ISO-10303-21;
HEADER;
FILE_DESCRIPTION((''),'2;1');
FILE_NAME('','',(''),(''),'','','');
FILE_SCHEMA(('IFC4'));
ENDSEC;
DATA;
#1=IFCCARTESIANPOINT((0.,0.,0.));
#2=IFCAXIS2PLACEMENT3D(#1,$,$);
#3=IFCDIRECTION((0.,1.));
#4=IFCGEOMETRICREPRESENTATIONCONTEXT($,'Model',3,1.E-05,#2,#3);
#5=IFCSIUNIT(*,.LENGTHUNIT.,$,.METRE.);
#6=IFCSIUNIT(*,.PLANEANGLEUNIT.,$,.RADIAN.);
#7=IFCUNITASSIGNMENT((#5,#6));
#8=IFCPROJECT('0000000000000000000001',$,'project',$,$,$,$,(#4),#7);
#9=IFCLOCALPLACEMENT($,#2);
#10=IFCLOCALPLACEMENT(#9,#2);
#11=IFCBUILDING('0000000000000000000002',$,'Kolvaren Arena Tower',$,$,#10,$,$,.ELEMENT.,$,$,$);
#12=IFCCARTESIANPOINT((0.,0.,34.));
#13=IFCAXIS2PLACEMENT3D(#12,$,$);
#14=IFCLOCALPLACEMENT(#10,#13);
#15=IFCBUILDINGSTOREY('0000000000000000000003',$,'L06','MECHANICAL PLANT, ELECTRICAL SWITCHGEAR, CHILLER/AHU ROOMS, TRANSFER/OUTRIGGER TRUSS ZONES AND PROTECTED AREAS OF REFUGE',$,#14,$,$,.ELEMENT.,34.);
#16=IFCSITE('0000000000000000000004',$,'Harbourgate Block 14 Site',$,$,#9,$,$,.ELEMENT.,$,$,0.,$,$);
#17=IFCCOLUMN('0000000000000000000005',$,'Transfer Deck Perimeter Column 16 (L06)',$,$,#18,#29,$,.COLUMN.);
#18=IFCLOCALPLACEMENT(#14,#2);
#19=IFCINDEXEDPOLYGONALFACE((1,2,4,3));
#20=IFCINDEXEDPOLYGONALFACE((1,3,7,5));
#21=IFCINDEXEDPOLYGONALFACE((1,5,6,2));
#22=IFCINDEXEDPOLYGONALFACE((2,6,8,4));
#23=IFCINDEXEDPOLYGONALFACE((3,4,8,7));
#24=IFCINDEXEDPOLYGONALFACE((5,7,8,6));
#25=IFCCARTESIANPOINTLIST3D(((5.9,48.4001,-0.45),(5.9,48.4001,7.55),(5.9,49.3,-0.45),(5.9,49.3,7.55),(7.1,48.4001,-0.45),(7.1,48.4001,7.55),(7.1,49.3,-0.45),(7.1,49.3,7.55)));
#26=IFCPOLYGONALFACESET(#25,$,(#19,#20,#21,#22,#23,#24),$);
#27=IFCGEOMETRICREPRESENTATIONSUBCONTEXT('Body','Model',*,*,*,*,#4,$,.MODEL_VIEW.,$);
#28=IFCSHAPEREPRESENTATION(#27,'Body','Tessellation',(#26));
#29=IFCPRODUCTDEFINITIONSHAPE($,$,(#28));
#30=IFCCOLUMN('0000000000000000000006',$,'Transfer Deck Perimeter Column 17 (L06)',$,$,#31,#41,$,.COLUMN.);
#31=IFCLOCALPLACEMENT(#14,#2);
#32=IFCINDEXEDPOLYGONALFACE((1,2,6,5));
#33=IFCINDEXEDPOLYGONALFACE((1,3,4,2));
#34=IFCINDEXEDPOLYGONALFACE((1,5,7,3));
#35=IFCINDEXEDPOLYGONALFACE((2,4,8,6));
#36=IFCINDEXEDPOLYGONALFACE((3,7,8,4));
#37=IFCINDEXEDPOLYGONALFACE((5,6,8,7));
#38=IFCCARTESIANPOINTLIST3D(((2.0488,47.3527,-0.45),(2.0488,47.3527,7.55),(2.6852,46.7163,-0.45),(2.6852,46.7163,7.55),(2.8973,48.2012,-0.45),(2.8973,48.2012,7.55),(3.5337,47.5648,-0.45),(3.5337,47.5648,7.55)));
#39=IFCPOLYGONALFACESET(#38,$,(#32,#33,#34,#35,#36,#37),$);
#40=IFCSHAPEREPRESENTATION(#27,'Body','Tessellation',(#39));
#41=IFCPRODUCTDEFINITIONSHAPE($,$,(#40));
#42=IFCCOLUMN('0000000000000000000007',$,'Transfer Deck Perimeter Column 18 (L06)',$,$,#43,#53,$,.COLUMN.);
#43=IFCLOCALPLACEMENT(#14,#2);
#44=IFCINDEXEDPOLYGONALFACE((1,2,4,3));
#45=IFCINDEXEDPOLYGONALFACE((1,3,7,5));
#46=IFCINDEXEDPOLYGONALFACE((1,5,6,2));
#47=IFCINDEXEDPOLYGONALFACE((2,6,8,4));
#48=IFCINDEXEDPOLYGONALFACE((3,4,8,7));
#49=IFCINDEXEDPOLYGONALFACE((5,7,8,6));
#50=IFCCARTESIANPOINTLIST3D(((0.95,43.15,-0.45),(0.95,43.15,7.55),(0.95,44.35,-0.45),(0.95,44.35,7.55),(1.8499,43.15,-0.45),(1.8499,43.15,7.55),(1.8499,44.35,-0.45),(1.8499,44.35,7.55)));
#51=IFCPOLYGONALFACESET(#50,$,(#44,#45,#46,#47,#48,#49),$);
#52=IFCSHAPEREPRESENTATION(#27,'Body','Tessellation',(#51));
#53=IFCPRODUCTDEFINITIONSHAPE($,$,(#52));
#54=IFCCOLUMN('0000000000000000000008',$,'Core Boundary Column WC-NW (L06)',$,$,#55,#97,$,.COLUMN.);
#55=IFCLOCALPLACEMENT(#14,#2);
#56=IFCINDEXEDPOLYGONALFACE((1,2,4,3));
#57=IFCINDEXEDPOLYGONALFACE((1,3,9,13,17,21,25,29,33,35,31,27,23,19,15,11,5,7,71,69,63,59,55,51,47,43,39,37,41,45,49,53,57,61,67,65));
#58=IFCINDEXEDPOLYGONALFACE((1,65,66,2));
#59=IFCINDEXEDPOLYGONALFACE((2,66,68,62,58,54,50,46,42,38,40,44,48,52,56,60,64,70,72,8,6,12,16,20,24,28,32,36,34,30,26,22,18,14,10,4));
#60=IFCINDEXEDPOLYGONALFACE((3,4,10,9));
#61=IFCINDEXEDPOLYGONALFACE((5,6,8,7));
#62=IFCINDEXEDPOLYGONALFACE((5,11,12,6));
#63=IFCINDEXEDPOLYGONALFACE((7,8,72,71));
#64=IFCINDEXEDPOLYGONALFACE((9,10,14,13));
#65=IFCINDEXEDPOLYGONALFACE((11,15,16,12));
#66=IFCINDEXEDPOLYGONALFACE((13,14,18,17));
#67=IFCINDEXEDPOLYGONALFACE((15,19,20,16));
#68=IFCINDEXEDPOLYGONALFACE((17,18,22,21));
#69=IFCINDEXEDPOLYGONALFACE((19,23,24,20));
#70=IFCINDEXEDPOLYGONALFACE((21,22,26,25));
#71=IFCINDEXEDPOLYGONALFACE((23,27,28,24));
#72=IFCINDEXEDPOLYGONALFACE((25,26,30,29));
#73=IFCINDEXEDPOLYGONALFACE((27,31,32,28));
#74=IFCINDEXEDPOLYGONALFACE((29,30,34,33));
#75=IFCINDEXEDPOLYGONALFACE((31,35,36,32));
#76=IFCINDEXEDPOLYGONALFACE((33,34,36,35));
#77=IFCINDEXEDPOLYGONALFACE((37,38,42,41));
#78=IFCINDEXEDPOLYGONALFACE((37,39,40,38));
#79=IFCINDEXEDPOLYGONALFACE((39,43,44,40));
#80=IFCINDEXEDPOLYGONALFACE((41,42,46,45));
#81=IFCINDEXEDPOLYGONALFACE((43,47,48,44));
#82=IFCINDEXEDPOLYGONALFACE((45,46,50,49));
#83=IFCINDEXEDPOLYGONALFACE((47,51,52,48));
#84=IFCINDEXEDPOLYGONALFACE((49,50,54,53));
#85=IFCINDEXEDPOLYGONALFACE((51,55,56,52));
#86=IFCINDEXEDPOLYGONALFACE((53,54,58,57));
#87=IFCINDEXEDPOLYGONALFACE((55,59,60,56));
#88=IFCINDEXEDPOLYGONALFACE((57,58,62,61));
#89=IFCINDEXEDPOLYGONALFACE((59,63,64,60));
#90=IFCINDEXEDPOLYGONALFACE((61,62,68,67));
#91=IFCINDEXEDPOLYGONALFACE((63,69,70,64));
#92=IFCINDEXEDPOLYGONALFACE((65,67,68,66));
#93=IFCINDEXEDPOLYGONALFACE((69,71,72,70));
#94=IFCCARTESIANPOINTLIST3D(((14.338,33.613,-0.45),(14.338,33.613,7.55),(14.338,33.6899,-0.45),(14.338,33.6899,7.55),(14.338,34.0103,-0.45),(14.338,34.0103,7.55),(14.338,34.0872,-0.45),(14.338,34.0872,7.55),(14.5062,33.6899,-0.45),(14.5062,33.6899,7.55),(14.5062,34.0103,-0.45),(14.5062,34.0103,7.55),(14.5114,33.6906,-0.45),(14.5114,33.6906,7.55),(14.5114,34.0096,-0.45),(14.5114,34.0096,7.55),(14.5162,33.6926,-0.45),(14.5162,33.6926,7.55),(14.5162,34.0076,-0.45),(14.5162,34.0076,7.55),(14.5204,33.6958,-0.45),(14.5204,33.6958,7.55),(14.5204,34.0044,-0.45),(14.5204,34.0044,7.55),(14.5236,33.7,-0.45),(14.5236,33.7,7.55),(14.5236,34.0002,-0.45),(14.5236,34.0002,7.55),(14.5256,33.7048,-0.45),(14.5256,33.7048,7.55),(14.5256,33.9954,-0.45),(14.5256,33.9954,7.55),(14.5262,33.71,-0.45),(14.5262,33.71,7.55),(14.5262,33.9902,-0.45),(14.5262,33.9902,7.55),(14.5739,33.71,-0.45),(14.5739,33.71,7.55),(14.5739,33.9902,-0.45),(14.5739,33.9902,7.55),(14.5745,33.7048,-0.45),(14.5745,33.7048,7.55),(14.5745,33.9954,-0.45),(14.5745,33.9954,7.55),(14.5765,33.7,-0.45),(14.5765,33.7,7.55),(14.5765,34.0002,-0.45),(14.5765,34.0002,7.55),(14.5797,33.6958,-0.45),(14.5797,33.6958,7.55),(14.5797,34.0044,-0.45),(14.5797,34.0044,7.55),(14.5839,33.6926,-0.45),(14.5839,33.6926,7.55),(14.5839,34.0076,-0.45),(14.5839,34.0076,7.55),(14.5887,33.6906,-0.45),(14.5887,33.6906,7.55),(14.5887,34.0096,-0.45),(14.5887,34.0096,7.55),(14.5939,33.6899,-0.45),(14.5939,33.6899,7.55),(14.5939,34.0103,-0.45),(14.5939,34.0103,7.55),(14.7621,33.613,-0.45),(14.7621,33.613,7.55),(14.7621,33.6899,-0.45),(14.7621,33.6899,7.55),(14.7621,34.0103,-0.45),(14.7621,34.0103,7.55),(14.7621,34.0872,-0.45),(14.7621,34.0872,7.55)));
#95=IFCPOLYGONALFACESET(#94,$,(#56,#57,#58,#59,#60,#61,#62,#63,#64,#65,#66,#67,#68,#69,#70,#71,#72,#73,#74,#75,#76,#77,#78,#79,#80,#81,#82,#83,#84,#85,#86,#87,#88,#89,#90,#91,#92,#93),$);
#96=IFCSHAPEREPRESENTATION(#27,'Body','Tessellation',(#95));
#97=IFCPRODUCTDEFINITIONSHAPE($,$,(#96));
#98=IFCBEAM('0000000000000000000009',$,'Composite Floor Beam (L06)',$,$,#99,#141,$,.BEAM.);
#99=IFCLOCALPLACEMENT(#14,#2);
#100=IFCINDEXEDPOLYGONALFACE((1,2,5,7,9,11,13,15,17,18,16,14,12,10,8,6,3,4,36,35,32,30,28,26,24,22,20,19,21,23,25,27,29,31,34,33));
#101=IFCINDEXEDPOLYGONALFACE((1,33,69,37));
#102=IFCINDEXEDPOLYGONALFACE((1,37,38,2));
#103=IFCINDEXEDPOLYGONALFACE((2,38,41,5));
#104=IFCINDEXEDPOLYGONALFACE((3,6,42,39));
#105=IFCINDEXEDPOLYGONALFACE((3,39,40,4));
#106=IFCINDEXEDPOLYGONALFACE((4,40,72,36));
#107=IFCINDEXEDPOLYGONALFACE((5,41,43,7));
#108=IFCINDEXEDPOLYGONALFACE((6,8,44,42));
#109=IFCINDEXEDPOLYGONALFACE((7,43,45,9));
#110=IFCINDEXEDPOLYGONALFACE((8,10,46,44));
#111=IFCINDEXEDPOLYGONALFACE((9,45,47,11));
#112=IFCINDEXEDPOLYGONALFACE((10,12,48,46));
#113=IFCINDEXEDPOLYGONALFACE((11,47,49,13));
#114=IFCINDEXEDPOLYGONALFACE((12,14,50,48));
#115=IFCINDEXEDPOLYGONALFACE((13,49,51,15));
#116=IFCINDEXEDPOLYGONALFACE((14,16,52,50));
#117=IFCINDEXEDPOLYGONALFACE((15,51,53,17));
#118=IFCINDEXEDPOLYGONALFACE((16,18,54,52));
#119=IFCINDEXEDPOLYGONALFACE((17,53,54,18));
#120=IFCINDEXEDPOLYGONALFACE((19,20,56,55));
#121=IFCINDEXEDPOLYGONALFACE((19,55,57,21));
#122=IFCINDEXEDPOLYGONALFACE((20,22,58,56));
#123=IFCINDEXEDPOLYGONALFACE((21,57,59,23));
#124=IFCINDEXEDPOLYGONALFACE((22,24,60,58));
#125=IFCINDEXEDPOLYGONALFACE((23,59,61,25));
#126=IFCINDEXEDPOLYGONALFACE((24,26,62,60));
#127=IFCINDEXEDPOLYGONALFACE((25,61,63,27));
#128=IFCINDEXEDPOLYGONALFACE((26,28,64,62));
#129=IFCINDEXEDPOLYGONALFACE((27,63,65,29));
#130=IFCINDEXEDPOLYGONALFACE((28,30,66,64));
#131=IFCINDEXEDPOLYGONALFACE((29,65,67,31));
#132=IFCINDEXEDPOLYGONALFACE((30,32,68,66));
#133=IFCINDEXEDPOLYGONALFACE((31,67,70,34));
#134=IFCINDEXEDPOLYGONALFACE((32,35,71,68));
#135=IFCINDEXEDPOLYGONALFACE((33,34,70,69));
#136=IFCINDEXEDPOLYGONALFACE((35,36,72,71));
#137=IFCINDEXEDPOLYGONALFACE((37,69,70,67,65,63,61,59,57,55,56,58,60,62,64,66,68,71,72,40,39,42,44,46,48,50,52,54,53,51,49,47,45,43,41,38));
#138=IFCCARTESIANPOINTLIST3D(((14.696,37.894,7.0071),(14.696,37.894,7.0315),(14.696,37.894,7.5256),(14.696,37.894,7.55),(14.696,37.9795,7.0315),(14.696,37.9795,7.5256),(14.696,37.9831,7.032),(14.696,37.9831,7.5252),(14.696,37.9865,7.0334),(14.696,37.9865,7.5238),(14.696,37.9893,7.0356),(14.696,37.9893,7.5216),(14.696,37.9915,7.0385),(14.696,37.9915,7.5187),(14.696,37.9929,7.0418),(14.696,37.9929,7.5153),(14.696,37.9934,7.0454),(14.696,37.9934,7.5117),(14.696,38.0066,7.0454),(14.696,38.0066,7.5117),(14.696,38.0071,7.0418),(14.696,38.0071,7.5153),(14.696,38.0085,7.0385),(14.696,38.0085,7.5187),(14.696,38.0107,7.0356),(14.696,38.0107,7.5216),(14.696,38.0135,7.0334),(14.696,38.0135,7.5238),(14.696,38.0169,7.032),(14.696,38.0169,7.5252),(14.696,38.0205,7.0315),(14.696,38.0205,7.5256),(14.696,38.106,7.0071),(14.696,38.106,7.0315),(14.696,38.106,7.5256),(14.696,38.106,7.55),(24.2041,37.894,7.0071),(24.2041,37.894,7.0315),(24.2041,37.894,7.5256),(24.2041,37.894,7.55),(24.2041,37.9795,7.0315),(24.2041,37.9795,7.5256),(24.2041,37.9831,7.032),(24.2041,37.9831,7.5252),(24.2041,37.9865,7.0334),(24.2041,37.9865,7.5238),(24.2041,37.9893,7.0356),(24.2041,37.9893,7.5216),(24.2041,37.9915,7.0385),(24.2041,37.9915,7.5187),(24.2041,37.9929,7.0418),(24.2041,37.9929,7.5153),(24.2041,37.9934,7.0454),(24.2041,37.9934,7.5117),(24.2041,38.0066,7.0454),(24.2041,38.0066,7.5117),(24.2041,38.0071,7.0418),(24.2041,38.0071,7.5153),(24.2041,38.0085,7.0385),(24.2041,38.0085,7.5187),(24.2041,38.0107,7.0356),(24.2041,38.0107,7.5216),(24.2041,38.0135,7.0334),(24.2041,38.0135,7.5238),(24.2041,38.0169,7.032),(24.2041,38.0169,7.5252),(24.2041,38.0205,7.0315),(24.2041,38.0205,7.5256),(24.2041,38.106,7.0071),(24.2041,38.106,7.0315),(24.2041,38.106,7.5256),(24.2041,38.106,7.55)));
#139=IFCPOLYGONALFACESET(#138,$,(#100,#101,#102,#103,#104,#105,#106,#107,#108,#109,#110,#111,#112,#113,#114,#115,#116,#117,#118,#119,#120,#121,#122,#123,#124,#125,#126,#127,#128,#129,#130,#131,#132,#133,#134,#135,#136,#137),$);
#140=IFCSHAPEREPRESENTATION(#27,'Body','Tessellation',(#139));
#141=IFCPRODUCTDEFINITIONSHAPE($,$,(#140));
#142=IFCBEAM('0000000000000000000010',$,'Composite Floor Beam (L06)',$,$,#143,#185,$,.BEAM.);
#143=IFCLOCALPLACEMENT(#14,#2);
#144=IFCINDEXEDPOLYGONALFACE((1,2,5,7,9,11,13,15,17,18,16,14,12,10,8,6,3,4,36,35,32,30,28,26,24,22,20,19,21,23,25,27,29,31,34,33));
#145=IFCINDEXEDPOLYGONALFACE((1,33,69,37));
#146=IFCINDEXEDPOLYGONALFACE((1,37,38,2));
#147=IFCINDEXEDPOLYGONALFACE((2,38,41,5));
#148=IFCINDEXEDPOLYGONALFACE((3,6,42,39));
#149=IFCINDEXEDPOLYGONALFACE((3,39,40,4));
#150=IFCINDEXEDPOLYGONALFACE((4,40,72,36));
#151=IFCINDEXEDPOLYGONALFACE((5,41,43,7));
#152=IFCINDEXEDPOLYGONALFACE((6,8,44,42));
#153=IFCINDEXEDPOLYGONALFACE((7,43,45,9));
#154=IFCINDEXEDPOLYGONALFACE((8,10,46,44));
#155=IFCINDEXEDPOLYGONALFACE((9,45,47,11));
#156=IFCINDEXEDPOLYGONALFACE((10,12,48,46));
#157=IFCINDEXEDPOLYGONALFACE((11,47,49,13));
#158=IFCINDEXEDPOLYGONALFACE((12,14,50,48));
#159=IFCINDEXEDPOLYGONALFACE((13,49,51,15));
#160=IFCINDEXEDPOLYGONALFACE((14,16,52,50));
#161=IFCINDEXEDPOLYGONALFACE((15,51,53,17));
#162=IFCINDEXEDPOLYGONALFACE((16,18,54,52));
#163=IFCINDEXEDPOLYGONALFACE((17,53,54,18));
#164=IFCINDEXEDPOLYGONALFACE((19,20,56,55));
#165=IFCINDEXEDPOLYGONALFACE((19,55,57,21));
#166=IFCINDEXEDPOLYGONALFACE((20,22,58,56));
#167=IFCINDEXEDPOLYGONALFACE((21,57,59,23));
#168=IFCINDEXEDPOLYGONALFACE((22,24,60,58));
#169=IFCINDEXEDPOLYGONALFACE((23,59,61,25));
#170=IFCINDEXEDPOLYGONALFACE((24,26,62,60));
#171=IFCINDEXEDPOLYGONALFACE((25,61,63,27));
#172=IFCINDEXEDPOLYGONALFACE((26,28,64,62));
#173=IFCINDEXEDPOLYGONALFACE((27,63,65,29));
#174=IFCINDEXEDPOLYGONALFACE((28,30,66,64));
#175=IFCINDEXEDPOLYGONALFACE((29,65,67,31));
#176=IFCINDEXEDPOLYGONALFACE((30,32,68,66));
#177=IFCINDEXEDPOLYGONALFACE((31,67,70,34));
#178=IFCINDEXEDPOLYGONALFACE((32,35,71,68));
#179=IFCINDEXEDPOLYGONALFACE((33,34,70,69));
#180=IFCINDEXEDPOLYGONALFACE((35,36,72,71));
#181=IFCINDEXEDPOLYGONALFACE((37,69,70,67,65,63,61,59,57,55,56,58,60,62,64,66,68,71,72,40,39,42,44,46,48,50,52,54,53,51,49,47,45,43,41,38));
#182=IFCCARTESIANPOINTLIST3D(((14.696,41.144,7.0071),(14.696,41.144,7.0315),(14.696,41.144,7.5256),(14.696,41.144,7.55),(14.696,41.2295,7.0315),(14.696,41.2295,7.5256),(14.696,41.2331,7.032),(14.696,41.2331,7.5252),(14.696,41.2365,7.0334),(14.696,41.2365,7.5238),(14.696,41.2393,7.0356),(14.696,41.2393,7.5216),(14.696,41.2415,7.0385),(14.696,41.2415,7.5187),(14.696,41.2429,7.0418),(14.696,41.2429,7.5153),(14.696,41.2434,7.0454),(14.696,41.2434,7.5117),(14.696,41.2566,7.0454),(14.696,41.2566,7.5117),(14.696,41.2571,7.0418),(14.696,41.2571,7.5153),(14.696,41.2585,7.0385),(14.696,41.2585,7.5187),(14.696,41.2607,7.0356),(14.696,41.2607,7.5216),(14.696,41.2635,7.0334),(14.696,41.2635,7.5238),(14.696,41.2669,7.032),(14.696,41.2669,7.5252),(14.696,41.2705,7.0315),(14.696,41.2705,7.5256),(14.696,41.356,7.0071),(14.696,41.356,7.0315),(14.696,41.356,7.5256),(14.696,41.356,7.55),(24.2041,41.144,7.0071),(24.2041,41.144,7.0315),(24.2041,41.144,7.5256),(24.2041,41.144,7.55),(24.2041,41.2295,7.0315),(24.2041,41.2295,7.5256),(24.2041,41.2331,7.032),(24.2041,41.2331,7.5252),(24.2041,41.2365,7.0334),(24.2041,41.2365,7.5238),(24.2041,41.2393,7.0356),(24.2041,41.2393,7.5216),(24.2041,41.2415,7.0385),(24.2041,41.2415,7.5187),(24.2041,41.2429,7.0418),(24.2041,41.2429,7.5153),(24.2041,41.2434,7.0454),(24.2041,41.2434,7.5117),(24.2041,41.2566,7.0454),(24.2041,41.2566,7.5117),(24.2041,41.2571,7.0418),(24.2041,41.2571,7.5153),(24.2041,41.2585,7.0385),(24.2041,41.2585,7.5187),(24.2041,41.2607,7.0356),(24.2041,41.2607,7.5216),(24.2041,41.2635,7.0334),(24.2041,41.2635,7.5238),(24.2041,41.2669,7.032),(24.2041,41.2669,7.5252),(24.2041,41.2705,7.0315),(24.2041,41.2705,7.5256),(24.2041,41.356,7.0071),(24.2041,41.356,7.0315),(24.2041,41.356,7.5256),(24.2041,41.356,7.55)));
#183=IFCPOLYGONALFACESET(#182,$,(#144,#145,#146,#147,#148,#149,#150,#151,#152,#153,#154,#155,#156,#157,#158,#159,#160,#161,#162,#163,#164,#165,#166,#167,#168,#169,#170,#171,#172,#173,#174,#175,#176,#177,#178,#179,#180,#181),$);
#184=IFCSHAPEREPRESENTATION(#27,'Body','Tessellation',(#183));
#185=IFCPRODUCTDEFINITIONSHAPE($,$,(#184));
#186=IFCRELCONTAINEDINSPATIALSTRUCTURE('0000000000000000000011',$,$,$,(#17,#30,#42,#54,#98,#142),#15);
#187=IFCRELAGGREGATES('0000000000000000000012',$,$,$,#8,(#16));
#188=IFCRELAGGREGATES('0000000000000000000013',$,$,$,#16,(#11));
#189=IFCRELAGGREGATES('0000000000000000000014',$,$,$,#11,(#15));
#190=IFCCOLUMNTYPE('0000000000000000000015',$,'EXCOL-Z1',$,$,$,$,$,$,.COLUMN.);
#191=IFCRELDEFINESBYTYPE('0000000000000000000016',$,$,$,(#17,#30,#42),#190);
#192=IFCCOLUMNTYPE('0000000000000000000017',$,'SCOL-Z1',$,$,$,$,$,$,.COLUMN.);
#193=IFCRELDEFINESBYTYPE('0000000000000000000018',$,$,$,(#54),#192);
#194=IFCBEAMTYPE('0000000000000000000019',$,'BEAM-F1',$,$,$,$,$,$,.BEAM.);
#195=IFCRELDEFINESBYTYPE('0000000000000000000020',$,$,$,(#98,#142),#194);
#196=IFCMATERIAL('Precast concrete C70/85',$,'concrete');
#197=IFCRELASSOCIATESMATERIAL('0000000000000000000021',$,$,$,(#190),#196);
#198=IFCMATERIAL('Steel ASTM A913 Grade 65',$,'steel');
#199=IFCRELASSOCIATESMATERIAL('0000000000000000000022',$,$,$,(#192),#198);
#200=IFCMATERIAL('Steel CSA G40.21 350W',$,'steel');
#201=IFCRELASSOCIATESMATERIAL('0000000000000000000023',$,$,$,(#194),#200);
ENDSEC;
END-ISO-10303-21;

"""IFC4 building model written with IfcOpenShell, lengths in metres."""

from ifc_helpers import new_model, si_unit, direction, frame, origin, origin_2d, place, context, subcontext, project, spatial, rectangle, i_section, extrude, material, material_profile, profile_set, type_object, element, save


model = new_model("IFC4")

# Units and contexts
model_context = context("Model", 3, precision=1e-05, world=origin(), true_north=direction((0.0, 1.0)))
body_context = subcontext(model_context, "Body", "Model", "MODEL_VIEW")
ifc_project = project(units=[si_unit("LENGTHUNIT", "METRE"), si_unit("PLANEANGLEUNIT", "RADIAN")], contexts=[model_context])

# Site, building, storey
site_placement = place(None, origin())
site = spatial("IfcSite", under=ifc_project, at=site_placement, Name="Harbourgate Block 14 Site", CompositionType="ELEMENT", RefElevation=0.0)
building_placement = place(site_placement, origin())
building = spatial("IfcBuilding", under=site, at=building_placement, Name="Kolvaren Arena Tower", CompositionType="ELEMENT")
storey_placement = place(building_placement, frame((0.0, 0.0, 34.0)))
storey = spatial("IfcBuildingStorey", under=building, at=storey_placement, Name="L06", Description="MECHANICAL PLANT, ELECTRICAL SWITCHGEAR, CHILLER/AHU ROOMS, TRANSFER/OUTRIGGER TRUSS ZONES AND PROTECTED AREAS OF REFUGE", CompositionType="ELEMENT", Elevation=34.0)

# Columns
ifc_material_1 = material(Name="Precast concrete C70/85", Category="concrete")
ifc_material_profile_1 = material_profile(ifc_material_1, rectangle(XDim=1.2, YDim=0.8999, at=origin_2d()), Name="RC-1200x900")
ifc_profile_set_1 = profile_set([ifc_material_profile_1], Name="Precast concrete C70/85")
column_type_1 = type_object("IfcColumnType", Name="EXCOL-Z1", PredefinedType="COLUMN", material=ifc_profile_set_1)
for number, where, z_axis, x_axis, name in (
    (1, (6.5, 48.8501, -0.45), (0.0, 0.0, 1.0), (1.0, 0.0, 0.0), "Transfer Deck Perimeter Column 16 (L06)"),
    (2, (2.7913, 47.4587, -0.45), (0.0, 0.0, 1.0), (0.707107, 0.707107, 0.0), "Transfer Deck Perimeter Column 17 (L06)"),
    (3, (1.3999, 43.75, -0.45), (0.0, 0.0, 1.0), (0.0, 1.0, 0.0), "Transfer Deck Perimeter Column 18 (L06)"),
):
    element("IfcColumn", number, at=place(storey_placement, frame(where, z_axis=z_axis, x_axis=x_axis)), inside=storey, type_object=column_type_1, Name=name, PredefinedType="COLUMN", context=body_context, shape_type="SweptSolid", body=[
        extrude(rectangle(XDim=1.2, YDim=0.8999, at=origin_2d()), origin(), (0.0, 0.0, 1.0), 8.0),
    ])
ifc_material_2 = material(Name="Steel ASTM A913 Grade 65", Category="steel")
ifc_material_profile_2 = material_profile(ifc_material_2, i_section(OverallWidth=0.4241, OverallDepth=0.4741, WebThickness=0.0476, FlangeThickness=0.0769, FilletRadius=0.02, at=origin_2d()), Name="W360x634")
ifc_profile_set_2 = profile_set([ifc_material_profile_2], Name="Steel ASTM A913 Grade 65")
column_type_2 = type_object("IfcColumnType", Name="SCOL-Z1", PredefinedType="COLUMN", material=ifc_profile_set_2)
column_placement = place(storey_placement, frame((14.55, 33.8501, -0.45), z_axis=(0.0, 0.0, 1.0), x_axis=(1.0, 0.0, 0.0)))
element("IfcColumn", 4, at=column_placement, inside=storey, type_object=column_type_2, Name="Core Boundary Column WC-NW (L06)", PredefinedType="COLUMN", context=body_context, shape_type="SweptSolid", body=[
    extrude(i_section(OverallWidth=0.4241, OverallDepth=0.4741, WebThickness=0.0476, FlangeThickness=0.0769, FilletRadius=0.02, at=origin_2d()), origin(), (0.0, 0.0, 1.0), 8.0),
])

# Beams
ifc_material_3 = material(Name="Steel CSA G40.21 350W", Category="steel")
ifc_material_profile_3 = material_profile(ifc_material_3, i_section(OverallWidth=0.2119, OverallDepth=0.543, WebThickness=0.0132, FlangeThickness=0.0244, FilletRadius=0.0139, at=origin_2d()), Name="W530x150")
ifc_profile_set_3 = profile_set([ifc_material_profile_3], Name="Steel CSA G40.21 350W")
beam_type_1 = type_object("IfcBeamType", Name="BEAM-F1", PredefinedType="BEAM", material=ifc_profile_set_3)
for number, where, z_axis, x_axis, name in (
    (5, (14.696, 38.0, 7.2786), (1.0, 0.0, 0.0), (0.0, 1.0, 0.0), "Composite Floor Beam (L06)"),
    (6, (14.696, 41.25, 7.2786), (1.0, 0.0, 0.0), (0.0, 1.0, 0.0), "Composite Floor Beam (L06)"),
):
    element("IfcBeam", number, at=place(storey_placement, frame(where, z_axis=z_axis, x_axis=x_axis)), inside=storey, type_object=beam_type_1, Name=name, PredefinedType="BEAM", context=body_context, shape_type="SweptSolid", body=[
        extrude(i_section(OverallWidth=0.2119, OverallDepth=0.543, WebThickness=0.0132, FlangeThickness=0.0244, FilletRadius=0.0139, at=origin_2d()), origin(), (0.0, 0.0, 1.0), 9.5081),
    ])

save(model, "model.ifc")
